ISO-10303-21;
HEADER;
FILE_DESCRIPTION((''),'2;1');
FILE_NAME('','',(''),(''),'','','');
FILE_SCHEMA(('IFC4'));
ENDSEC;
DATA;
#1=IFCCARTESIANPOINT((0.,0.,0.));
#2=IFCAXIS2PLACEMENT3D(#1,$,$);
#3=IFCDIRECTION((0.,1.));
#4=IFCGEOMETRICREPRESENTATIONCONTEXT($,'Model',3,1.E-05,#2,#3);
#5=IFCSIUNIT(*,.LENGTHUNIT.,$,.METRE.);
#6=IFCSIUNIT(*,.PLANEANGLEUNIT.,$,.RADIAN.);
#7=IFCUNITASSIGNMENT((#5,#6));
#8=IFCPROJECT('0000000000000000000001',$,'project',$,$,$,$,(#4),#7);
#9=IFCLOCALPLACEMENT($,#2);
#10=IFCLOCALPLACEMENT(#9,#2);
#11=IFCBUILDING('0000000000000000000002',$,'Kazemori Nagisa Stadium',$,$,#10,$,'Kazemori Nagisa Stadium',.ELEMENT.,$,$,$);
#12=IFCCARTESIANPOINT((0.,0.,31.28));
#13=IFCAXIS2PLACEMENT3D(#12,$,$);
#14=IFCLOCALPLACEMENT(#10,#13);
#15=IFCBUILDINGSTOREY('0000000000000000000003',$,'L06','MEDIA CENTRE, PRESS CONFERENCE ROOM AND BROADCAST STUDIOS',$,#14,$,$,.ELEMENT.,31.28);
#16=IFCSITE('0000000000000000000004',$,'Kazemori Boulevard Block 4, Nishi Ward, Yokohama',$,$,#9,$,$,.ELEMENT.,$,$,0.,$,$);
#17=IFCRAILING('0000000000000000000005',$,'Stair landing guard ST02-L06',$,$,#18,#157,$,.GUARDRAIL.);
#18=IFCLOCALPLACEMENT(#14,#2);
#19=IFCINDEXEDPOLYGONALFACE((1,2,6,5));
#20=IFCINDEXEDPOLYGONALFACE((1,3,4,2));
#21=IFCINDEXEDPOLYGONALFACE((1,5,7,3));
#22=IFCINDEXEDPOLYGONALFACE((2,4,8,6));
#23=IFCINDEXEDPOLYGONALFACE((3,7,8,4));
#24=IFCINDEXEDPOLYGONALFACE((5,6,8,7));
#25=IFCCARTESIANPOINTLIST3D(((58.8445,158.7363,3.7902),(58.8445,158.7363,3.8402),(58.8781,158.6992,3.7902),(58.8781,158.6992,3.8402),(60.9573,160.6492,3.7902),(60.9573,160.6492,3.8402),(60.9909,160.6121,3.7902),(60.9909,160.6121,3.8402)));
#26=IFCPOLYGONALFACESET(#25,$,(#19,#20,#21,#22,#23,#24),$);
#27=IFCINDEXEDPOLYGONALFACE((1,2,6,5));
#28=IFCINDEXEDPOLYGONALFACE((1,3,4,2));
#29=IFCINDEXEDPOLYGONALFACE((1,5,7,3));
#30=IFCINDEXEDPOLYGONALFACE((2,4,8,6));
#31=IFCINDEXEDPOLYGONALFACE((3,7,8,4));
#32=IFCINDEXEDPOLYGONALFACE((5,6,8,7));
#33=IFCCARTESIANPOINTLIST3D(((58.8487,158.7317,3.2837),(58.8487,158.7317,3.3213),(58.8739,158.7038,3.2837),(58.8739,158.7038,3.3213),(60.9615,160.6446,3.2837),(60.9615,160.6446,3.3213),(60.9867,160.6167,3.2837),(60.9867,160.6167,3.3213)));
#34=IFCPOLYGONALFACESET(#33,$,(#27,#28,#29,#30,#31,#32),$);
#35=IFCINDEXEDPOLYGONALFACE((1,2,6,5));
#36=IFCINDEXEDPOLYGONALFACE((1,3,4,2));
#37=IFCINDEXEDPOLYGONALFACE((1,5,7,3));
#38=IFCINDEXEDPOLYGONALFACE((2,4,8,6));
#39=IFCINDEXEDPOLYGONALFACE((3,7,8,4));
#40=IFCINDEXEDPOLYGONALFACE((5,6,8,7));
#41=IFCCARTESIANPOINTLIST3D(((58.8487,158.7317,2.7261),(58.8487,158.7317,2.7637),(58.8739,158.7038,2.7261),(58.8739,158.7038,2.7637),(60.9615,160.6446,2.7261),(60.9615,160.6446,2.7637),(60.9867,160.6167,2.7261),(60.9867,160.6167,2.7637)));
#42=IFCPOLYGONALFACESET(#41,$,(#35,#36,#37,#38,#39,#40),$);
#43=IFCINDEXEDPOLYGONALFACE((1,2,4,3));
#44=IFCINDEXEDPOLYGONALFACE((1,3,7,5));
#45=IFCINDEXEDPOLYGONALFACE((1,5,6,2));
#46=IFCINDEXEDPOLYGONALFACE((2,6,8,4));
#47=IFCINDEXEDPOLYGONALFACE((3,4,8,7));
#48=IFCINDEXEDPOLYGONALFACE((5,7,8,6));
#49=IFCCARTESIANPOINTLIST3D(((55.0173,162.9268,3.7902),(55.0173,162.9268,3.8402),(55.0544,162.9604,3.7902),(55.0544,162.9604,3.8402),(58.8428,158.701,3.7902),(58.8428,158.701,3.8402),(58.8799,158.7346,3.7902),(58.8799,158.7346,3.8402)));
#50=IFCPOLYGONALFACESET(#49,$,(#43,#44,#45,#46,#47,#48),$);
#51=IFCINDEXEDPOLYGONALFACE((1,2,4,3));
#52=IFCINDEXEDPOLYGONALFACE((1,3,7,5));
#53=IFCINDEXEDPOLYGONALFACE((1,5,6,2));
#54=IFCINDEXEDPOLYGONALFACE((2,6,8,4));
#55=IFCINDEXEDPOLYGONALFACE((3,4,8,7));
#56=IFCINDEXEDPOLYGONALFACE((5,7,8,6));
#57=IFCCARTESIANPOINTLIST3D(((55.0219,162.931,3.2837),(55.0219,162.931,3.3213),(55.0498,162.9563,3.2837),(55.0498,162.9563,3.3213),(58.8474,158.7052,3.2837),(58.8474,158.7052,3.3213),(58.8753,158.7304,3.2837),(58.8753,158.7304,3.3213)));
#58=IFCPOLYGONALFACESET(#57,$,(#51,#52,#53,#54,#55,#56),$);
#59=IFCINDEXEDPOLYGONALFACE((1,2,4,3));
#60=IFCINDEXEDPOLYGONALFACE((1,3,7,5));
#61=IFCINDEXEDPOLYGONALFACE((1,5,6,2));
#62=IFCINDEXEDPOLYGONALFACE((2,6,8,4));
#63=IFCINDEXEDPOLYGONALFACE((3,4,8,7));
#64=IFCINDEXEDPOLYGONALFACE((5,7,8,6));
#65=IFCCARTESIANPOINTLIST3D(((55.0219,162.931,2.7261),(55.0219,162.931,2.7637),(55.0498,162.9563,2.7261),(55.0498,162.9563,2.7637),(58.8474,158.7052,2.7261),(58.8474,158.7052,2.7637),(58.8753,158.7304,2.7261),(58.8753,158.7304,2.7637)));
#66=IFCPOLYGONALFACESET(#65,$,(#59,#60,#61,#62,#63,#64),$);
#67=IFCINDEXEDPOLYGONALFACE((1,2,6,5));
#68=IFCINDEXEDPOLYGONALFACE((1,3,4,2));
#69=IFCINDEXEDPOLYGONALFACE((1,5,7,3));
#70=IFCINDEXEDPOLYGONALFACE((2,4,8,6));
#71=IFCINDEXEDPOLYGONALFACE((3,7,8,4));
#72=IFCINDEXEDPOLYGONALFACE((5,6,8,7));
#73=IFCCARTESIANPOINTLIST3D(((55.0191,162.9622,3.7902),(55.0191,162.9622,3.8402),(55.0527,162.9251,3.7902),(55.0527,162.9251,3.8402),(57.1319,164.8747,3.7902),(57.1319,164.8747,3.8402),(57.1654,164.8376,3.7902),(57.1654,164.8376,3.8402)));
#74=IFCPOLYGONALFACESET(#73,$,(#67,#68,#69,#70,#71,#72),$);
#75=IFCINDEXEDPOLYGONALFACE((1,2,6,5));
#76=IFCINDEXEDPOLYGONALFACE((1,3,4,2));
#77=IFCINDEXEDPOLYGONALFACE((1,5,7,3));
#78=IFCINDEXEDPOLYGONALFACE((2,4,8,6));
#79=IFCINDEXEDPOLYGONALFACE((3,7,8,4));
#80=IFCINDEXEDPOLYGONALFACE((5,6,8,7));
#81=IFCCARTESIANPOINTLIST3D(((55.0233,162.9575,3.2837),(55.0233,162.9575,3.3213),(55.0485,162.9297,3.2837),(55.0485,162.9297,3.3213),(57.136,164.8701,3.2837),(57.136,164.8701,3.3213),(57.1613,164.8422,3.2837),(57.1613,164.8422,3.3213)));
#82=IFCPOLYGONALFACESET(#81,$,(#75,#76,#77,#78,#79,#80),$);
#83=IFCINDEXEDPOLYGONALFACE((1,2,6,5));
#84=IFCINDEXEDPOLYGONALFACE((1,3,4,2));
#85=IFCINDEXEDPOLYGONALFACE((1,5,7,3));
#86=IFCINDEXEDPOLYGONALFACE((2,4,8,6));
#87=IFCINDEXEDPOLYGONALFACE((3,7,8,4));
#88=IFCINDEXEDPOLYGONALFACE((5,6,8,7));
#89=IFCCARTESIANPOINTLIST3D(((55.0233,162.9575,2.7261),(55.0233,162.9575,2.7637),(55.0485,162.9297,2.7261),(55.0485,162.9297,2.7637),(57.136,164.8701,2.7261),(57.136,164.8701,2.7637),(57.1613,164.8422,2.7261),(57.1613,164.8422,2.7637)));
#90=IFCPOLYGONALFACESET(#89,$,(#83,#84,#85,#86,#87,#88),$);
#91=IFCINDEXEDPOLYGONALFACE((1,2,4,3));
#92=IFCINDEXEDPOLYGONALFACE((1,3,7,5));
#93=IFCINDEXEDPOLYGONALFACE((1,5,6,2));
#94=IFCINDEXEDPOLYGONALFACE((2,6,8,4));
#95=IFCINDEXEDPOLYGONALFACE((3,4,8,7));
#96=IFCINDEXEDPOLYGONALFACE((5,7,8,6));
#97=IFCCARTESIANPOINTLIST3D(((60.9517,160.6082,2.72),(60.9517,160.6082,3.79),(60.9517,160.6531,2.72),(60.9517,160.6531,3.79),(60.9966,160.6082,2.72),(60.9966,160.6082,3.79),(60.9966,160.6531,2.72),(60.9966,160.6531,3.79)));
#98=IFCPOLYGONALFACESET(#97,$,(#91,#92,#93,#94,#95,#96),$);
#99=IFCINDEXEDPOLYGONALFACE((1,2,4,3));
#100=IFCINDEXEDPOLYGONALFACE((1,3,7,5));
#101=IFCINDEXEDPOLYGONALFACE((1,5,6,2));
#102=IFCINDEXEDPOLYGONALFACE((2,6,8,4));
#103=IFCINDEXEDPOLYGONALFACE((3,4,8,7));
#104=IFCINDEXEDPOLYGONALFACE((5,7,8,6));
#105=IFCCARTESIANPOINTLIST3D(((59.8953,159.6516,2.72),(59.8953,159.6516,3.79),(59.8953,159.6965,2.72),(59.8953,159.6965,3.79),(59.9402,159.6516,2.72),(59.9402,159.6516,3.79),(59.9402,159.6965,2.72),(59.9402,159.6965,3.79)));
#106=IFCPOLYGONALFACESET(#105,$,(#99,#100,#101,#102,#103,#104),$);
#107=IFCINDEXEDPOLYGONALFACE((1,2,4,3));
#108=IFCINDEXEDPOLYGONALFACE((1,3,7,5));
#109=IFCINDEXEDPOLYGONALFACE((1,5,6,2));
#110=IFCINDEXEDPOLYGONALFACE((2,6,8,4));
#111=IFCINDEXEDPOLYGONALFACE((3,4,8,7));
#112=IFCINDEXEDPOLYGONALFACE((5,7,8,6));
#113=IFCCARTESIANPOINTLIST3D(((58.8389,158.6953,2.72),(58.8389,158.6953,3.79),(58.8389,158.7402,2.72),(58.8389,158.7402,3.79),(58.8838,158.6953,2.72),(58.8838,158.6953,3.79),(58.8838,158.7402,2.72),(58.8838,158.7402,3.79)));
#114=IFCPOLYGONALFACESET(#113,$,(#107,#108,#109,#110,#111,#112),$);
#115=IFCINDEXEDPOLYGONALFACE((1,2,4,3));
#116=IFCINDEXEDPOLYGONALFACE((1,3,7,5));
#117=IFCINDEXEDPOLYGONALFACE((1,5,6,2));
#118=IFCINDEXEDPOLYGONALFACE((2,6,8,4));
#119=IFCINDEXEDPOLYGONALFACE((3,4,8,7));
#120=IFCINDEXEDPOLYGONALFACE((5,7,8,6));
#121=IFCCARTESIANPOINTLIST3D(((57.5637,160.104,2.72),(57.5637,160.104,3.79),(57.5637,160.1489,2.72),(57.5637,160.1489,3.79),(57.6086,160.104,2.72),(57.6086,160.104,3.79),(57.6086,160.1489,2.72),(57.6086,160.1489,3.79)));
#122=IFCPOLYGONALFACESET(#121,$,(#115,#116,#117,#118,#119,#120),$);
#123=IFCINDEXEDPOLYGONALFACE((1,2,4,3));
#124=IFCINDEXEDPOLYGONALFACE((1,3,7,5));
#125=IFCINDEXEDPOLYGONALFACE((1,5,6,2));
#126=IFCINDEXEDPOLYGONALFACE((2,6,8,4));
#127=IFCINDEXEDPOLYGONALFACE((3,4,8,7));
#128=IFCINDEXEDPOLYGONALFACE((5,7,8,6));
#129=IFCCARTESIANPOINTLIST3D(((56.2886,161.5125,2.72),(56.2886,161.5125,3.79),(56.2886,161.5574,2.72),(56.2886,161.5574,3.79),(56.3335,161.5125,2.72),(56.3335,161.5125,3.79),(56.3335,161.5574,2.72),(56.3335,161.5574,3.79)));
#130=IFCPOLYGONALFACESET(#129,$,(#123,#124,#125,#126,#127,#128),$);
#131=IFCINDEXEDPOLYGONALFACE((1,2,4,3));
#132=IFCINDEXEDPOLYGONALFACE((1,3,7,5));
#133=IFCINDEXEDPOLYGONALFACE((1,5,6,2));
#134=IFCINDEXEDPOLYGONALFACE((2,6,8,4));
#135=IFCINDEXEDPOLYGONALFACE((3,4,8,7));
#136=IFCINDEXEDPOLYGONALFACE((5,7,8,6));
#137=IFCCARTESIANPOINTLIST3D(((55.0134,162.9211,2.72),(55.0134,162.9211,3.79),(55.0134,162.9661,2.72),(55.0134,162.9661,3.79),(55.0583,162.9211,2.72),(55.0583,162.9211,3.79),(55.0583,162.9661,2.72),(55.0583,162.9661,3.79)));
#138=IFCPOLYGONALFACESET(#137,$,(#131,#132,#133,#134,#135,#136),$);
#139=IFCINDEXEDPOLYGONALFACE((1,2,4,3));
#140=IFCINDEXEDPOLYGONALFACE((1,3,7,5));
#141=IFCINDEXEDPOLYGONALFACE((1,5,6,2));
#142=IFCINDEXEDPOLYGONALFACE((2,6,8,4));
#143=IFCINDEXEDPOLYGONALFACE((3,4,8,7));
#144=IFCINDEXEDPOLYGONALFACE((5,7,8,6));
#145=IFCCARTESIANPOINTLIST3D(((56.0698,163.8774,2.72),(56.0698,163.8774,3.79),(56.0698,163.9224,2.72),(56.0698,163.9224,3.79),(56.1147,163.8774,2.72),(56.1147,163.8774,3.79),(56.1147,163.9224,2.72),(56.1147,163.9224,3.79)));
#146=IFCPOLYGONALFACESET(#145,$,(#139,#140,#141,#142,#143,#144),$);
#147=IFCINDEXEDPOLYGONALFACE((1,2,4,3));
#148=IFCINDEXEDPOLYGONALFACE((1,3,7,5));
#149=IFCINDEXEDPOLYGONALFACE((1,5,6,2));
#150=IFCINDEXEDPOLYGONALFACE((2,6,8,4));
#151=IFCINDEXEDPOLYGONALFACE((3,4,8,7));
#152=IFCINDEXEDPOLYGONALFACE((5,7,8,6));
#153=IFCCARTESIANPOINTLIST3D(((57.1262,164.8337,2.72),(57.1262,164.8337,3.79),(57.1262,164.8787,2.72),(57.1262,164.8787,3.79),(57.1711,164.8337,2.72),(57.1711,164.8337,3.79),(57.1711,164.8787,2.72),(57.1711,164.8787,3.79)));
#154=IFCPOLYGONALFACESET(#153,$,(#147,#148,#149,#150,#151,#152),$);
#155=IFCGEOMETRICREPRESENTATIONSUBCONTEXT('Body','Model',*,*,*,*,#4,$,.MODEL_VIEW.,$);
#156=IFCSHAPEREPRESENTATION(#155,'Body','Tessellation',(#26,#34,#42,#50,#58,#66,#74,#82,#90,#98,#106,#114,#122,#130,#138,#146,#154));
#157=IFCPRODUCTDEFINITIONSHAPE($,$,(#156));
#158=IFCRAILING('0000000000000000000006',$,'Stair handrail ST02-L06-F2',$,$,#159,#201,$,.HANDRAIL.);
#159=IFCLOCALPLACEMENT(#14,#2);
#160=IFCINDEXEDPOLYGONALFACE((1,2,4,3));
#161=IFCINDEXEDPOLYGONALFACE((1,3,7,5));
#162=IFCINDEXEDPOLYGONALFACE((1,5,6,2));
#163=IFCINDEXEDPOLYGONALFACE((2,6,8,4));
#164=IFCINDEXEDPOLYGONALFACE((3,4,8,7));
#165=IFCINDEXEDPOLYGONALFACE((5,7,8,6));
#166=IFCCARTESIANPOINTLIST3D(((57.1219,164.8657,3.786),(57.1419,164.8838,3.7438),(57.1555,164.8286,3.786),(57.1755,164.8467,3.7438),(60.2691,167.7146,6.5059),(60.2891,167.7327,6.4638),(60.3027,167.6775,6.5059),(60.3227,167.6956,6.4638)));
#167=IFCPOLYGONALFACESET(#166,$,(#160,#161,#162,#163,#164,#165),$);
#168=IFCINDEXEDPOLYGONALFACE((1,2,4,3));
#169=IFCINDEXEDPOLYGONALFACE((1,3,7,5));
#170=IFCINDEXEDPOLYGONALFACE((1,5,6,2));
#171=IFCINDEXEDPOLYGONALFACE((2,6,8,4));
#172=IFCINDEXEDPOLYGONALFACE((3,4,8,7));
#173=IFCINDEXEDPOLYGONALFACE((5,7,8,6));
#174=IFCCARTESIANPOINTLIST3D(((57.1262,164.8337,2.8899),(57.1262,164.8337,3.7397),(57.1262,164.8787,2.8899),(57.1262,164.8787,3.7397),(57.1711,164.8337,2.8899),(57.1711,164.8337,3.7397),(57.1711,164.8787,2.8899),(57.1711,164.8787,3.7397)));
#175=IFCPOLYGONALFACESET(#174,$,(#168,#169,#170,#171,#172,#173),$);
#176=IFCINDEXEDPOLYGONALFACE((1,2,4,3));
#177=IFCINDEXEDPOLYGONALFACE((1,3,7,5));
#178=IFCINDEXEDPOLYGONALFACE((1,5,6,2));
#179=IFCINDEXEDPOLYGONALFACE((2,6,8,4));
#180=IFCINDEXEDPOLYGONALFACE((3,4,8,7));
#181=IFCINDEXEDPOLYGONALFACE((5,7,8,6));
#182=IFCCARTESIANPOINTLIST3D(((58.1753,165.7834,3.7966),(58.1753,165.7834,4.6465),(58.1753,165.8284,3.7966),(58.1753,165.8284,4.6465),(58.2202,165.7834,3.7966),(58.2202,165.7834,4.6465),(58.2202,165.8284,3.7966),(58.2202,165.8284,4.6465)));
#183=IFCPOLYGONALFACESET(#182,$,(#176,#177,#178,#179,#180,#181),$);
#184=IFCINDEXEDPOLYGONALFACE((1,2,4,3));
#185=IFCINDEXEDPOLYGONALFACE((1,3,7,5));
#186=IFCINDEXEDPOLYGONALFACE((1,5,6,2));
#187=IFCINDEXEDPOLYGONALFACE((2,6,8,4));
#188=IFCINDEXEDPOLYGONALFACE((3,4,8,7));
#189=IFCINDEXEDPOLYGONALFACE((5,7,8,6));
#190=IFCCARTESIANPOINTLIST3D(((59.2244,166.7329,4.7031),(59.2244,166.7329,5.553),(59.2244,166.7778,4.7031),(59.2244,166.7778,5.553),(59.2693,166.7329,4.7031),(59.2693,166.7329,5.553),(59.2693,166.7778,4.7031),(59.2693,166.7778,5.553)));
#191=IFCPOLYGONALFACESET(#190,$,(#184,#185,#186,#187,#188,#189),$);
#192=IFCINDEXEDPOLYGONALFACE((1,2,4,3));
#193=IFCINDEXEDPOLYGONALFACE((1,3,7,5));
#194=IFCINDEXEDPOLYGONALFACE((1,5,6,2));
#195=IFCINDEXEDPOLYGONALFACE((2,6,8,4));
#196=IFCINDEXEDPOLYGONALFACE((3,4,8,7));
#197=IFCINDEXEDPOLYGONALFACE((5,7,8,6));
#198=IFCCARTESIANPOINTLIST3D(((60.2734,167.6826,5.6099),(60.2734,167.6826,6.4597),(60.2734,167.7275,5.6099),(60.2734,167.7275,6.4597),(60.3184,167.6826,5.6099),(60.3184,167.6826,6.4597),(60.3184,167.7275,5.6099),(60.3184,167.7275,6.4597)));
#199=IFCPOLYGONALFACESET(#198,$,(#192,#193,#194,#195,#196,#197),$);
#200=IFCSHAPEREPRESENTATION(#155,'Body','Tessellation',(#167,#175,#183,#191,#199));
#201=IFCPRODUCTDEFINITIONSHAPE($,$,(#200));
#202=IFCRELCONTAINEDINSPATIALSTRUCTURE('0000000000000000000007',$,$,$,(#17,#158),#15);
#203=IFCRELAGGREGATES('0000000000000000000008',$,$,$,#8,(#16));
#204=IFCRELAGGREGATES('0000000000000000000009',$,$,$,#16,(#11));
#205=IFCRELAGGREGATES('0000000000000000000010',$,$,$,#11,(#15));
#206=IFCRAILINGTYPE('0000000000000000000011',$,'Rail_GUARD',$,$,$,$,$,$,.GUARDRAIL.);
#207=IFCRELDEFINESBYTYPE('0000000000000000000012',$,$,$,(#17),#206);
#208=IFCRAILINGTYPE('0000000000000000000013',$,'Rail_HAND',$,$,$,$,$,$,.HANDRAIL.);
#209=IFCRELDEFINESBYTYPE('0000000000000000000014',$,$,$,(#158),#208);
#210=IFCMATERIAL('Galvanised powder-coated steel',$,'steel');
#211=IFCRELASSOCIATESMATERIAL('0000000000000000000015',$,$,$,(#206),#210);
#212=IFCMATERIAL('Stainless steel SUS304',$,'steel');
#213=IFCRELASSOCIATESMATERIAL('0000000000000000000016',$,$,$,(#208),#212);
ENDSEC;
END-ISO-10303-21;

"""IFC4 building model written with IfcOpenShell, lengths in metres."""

from ifc_helpers import new_model, si_unit, direction, frame, origin, origin_2d, place, context, subcontext, project, spatial, rectangle, extrude, material, type_object, element, save


model = new_model("IFC4")

# Units and contexts
model_context = context("Model", 3, precision=1e-05, world=origin(), true_north=direction((0.0, 1.0)))
body_context = subcontext(model_context, "Body", "Model", "MODEL_VIEW")
ifc_project = project(units=[si_unit("LENGTHUNIT", "METRE"), si_unit("PLANEANGLEUNIT", "RADIAN")], contexts=[model_context])

# Site, building, storey
site_placement = place(None, origin())
site = spatial("IfcSite", under=ifc_project, at=site_placement, Name="Kazemori Boulevard Block 4, Nishi Ward, Yokohama", CompositionType="ELEMENT", RefElevation=0.0)
building_placement = place(site_placement, origin())
building = spatial("IfcBuilding", under=site, at=building_placement, Name="Kazemori Nagisa Stadium", LongName="Kazemori Nagisa Stadium", CompositionType="ELEMENT")
storey_placement = place(building_placement, frame((0.0, 0.0, 31.28)))
storey = spatial("IfcBuildingStorey", under=building, at=storey_placement, Name="L06", Description="MEDIA CENTRE, PRESS CONFERENCE ROOM AND BROADCAST STUDIOS", CompositionType="ELEMENT", Elevation=31.28)

# Shared definitions
ifc_material_1 = material(Name="Stainless steel SUS304", Category="steel")

# Railings
ifc_material_2 = material(Name="Galvanised powder-coated steel", Category="steel")
railing_type_1 = type_object("IfcRailingType", Name="Rail_GUARD", PredefinedType="GUARDRAIL", material=ifc_material_2)
railing_1_placement = place(storey_placement, frame((60.9741, 160.6306, 2.72)))
element("IfcRailing", 1, at=railing_1_placement, inside=storey, type_object=railing_type_1, Name="Stair landing guard ST02-L06", PredefinedType="GUARDRAIL", context=body_context, shape_type="SweptSolid", body=[
    extrude(rectangle(XDim=0.05, YDim=0.05, at=origin_2d()), frame((0.0, 0.0, 1.0952), z_axis=(-0.741315, -0.671158, 0.0), x_axis=(0.671158, -0.741315, 0.0)), (0.0, 0.0, 1.0), 2.8501),
    extrude(rectangle(XDim=0.0376, YDim=0.0376, at=origin_2d()), frame((0.0, 0.0, 0.5825), z_axis=(-0.741315, -0.671158, 0.0), x_axis=(0.671158, -0.741315, 0.0)), (0.0, 0.0, 1.0), 2.8501),
    extrude(rectangle(XDim=0.0376, YDim=0.0376, at=origin_2d()), frame((0.0, 0.0, 0.0249), z_axis=(-0.741315, -0.671158, 0.0), x_axis=(0.671158, -0.741315, 0.0)), (0.0, 0.0, 1.0), 2.8501),
    extrude(rectangle(XDim=0.05, YDim=0.05, at=origin_2d()), frame((-2.1128, -1.9128, 1.0952), z_axis=(-0.671113, 0.741355, 0.0), x_axis=(-0.741355, -0.671113, 0.0)), (0.0, 0.0, 1.0), 5.7002),
    extrude(rectangle(XDim=0.0376, YDim=0.0376, at=origin_2d()), frame((-2.1128, -1.9128, 0.5825), z_axis=(-0.671113, 0.741355, 0.0), x_axis=(-0.741355, -0.671113, 0.0)), (0.0, 0.0, 1.0), 5.7002),
    extrude(rectangle(XDim=0.0376, YDim=0.0376, at=origin_2d()), frame((-2.1128, -1.9128, 0.0249), z_axis=(-0.671113, 0.741355, 0.0), x_axis=(-0.741355, -0.671113, 0.0)), (0.0, 0.0, 1.0), 5.7002),
    extrude(rectangle(XDim=0.05, YDim=0.05, at=origin_2d()), frame((-5.9382, 2.313, 1.0952), z_axis=(0.741357, 0.671111, 0.0), x_axis=(-0.671111, 0.741357, 0.0)), (0.0, 0.0, 1.0), 2.8499),
    extrude(rectangle(XDim=0.0376, YDim=0.0376, at=origin_2d()), frame((-5.9382, 2.313, 0.5825), z_axis=(0.741357, 0.671111, 0.0), x_axis=(-0.671111, 0.741357, 0.0)), (0.0, 0.0, 1.0), 2.8499),
    extrude(rectangle(XDim=0.0376, YDim=0.0376, at=origin_2d()), frame((-5.9382, 2.313, 0.0249), z_axis=(0.741357, 0.671111, 0.0), x_axis=(-0.671111, 0.741357, 0.0)), (0.0, 0.0, 1.0), 2.8499),
    extrude(rectangle(XDim=0.0449, YDim=0.0449, at=origin_2d()), origin(), (0.0, 0.0, 1.0), 1.0701),
    extrude(rectangle(XDim=0.0449, YDim=0.0449, at=origin_2d()), frame((-1.0564, -0.9565, 0.0)), (0.0, 0.0, 1.0), 1.0701),
    extrude(rectangle(XDim=0.0449, YDim=0.0449, at=origin_2d()), frame((-2.1128, -1.9128, 0.0)), (0.0, 0.0, 1.0), 1.0701),
    extrude(rectangle(XDim=0.0449, YDim=0.0449, at=origin_2d()), frame((-3.3879, -0.5042, 0.0)), (0.0, 0.0, 1.0), 1.0701),
    extrude(rectangle(XDim=0.0449, YDim=0.0449, at=origin_2d()), frame((-4.6631, 0.9043, 0.0)), (0.0, 0.0, 1.0), 1.0701),
    extrude(rectangle(XDim=0.0449, YDim=0.0449, at=origin_2d()), frame((-5.9382, 2.313, 0.0)), (0.0, 0.0, 1.0), 1.0701),
    extrude(rectangle(XDim=0.0449, YDim=0.0449, at=origin_2d()), frame((-4.8818, 3.2693, 0.0)), (0.0, 0.0, 1.0), 1.0701),
    extrude(rectangle(XDim=0.0449, YDim=0.0449, at=origin_2d()), frame((-3.8254, 4.2256, 0.0)), (0.0, 0.0, 1.0), 1.0701),
])
railing_type_2 = type_object("IfcRailingType", Name="Rail_HAND", PredefinedType="HANDRAIL", material=ifc_material_1)
railing_2_placement = place(storey_placement, frame((57.1487, 164.8562, 2.8899)))
element("IfcRailing", 2, at=railing_2_placement, inside=storey, type_object=railing_type_2, Name="Stair handrail ST02-L06-F2", PredefinedType="HANDRAIL", context=body_context, shape_type="SweptSolid", body=[
    extrude(rectangle(XDim=0.05, YDim=0.05, at=origin_2d()), frame((0.0, 0.0, 0.875), z_axis=(0.62423, 0.565056, 0.539489), x_axis=(-0.671094, 0.741372, 0.0)), (0.0, 0.0, 1.0), 5.0417),
    extrude(rectangle(XDim=0.0449, YDim=0.0449, at=origin_2d()), origin(), (0.0, 0.0, 1.0), 0.8499),
    extrude(rectangle(XDim=0.0449, YDim=0.0449, at=origin_2d()), frame((1.0491, 0.9497, 0.9067)), (0.0, 0.0, 1.0), 0.8499),
    extrude(rectangle(XDim=0.0449, YDim=0.0449, at=origin_2d()), frame((2.0981, 1.8992, 1.8132)), (0.0, 0.0, 1.0), 0.8499),
    extrude(rectangle(XDim=0.0449, YDim=0.0449, at=origin_2d()), frame((3.1472, 2.8489, 2.72)), (0.0, 0.0, 1.0), 0.8499),
])

save(model, "model.ifc")
